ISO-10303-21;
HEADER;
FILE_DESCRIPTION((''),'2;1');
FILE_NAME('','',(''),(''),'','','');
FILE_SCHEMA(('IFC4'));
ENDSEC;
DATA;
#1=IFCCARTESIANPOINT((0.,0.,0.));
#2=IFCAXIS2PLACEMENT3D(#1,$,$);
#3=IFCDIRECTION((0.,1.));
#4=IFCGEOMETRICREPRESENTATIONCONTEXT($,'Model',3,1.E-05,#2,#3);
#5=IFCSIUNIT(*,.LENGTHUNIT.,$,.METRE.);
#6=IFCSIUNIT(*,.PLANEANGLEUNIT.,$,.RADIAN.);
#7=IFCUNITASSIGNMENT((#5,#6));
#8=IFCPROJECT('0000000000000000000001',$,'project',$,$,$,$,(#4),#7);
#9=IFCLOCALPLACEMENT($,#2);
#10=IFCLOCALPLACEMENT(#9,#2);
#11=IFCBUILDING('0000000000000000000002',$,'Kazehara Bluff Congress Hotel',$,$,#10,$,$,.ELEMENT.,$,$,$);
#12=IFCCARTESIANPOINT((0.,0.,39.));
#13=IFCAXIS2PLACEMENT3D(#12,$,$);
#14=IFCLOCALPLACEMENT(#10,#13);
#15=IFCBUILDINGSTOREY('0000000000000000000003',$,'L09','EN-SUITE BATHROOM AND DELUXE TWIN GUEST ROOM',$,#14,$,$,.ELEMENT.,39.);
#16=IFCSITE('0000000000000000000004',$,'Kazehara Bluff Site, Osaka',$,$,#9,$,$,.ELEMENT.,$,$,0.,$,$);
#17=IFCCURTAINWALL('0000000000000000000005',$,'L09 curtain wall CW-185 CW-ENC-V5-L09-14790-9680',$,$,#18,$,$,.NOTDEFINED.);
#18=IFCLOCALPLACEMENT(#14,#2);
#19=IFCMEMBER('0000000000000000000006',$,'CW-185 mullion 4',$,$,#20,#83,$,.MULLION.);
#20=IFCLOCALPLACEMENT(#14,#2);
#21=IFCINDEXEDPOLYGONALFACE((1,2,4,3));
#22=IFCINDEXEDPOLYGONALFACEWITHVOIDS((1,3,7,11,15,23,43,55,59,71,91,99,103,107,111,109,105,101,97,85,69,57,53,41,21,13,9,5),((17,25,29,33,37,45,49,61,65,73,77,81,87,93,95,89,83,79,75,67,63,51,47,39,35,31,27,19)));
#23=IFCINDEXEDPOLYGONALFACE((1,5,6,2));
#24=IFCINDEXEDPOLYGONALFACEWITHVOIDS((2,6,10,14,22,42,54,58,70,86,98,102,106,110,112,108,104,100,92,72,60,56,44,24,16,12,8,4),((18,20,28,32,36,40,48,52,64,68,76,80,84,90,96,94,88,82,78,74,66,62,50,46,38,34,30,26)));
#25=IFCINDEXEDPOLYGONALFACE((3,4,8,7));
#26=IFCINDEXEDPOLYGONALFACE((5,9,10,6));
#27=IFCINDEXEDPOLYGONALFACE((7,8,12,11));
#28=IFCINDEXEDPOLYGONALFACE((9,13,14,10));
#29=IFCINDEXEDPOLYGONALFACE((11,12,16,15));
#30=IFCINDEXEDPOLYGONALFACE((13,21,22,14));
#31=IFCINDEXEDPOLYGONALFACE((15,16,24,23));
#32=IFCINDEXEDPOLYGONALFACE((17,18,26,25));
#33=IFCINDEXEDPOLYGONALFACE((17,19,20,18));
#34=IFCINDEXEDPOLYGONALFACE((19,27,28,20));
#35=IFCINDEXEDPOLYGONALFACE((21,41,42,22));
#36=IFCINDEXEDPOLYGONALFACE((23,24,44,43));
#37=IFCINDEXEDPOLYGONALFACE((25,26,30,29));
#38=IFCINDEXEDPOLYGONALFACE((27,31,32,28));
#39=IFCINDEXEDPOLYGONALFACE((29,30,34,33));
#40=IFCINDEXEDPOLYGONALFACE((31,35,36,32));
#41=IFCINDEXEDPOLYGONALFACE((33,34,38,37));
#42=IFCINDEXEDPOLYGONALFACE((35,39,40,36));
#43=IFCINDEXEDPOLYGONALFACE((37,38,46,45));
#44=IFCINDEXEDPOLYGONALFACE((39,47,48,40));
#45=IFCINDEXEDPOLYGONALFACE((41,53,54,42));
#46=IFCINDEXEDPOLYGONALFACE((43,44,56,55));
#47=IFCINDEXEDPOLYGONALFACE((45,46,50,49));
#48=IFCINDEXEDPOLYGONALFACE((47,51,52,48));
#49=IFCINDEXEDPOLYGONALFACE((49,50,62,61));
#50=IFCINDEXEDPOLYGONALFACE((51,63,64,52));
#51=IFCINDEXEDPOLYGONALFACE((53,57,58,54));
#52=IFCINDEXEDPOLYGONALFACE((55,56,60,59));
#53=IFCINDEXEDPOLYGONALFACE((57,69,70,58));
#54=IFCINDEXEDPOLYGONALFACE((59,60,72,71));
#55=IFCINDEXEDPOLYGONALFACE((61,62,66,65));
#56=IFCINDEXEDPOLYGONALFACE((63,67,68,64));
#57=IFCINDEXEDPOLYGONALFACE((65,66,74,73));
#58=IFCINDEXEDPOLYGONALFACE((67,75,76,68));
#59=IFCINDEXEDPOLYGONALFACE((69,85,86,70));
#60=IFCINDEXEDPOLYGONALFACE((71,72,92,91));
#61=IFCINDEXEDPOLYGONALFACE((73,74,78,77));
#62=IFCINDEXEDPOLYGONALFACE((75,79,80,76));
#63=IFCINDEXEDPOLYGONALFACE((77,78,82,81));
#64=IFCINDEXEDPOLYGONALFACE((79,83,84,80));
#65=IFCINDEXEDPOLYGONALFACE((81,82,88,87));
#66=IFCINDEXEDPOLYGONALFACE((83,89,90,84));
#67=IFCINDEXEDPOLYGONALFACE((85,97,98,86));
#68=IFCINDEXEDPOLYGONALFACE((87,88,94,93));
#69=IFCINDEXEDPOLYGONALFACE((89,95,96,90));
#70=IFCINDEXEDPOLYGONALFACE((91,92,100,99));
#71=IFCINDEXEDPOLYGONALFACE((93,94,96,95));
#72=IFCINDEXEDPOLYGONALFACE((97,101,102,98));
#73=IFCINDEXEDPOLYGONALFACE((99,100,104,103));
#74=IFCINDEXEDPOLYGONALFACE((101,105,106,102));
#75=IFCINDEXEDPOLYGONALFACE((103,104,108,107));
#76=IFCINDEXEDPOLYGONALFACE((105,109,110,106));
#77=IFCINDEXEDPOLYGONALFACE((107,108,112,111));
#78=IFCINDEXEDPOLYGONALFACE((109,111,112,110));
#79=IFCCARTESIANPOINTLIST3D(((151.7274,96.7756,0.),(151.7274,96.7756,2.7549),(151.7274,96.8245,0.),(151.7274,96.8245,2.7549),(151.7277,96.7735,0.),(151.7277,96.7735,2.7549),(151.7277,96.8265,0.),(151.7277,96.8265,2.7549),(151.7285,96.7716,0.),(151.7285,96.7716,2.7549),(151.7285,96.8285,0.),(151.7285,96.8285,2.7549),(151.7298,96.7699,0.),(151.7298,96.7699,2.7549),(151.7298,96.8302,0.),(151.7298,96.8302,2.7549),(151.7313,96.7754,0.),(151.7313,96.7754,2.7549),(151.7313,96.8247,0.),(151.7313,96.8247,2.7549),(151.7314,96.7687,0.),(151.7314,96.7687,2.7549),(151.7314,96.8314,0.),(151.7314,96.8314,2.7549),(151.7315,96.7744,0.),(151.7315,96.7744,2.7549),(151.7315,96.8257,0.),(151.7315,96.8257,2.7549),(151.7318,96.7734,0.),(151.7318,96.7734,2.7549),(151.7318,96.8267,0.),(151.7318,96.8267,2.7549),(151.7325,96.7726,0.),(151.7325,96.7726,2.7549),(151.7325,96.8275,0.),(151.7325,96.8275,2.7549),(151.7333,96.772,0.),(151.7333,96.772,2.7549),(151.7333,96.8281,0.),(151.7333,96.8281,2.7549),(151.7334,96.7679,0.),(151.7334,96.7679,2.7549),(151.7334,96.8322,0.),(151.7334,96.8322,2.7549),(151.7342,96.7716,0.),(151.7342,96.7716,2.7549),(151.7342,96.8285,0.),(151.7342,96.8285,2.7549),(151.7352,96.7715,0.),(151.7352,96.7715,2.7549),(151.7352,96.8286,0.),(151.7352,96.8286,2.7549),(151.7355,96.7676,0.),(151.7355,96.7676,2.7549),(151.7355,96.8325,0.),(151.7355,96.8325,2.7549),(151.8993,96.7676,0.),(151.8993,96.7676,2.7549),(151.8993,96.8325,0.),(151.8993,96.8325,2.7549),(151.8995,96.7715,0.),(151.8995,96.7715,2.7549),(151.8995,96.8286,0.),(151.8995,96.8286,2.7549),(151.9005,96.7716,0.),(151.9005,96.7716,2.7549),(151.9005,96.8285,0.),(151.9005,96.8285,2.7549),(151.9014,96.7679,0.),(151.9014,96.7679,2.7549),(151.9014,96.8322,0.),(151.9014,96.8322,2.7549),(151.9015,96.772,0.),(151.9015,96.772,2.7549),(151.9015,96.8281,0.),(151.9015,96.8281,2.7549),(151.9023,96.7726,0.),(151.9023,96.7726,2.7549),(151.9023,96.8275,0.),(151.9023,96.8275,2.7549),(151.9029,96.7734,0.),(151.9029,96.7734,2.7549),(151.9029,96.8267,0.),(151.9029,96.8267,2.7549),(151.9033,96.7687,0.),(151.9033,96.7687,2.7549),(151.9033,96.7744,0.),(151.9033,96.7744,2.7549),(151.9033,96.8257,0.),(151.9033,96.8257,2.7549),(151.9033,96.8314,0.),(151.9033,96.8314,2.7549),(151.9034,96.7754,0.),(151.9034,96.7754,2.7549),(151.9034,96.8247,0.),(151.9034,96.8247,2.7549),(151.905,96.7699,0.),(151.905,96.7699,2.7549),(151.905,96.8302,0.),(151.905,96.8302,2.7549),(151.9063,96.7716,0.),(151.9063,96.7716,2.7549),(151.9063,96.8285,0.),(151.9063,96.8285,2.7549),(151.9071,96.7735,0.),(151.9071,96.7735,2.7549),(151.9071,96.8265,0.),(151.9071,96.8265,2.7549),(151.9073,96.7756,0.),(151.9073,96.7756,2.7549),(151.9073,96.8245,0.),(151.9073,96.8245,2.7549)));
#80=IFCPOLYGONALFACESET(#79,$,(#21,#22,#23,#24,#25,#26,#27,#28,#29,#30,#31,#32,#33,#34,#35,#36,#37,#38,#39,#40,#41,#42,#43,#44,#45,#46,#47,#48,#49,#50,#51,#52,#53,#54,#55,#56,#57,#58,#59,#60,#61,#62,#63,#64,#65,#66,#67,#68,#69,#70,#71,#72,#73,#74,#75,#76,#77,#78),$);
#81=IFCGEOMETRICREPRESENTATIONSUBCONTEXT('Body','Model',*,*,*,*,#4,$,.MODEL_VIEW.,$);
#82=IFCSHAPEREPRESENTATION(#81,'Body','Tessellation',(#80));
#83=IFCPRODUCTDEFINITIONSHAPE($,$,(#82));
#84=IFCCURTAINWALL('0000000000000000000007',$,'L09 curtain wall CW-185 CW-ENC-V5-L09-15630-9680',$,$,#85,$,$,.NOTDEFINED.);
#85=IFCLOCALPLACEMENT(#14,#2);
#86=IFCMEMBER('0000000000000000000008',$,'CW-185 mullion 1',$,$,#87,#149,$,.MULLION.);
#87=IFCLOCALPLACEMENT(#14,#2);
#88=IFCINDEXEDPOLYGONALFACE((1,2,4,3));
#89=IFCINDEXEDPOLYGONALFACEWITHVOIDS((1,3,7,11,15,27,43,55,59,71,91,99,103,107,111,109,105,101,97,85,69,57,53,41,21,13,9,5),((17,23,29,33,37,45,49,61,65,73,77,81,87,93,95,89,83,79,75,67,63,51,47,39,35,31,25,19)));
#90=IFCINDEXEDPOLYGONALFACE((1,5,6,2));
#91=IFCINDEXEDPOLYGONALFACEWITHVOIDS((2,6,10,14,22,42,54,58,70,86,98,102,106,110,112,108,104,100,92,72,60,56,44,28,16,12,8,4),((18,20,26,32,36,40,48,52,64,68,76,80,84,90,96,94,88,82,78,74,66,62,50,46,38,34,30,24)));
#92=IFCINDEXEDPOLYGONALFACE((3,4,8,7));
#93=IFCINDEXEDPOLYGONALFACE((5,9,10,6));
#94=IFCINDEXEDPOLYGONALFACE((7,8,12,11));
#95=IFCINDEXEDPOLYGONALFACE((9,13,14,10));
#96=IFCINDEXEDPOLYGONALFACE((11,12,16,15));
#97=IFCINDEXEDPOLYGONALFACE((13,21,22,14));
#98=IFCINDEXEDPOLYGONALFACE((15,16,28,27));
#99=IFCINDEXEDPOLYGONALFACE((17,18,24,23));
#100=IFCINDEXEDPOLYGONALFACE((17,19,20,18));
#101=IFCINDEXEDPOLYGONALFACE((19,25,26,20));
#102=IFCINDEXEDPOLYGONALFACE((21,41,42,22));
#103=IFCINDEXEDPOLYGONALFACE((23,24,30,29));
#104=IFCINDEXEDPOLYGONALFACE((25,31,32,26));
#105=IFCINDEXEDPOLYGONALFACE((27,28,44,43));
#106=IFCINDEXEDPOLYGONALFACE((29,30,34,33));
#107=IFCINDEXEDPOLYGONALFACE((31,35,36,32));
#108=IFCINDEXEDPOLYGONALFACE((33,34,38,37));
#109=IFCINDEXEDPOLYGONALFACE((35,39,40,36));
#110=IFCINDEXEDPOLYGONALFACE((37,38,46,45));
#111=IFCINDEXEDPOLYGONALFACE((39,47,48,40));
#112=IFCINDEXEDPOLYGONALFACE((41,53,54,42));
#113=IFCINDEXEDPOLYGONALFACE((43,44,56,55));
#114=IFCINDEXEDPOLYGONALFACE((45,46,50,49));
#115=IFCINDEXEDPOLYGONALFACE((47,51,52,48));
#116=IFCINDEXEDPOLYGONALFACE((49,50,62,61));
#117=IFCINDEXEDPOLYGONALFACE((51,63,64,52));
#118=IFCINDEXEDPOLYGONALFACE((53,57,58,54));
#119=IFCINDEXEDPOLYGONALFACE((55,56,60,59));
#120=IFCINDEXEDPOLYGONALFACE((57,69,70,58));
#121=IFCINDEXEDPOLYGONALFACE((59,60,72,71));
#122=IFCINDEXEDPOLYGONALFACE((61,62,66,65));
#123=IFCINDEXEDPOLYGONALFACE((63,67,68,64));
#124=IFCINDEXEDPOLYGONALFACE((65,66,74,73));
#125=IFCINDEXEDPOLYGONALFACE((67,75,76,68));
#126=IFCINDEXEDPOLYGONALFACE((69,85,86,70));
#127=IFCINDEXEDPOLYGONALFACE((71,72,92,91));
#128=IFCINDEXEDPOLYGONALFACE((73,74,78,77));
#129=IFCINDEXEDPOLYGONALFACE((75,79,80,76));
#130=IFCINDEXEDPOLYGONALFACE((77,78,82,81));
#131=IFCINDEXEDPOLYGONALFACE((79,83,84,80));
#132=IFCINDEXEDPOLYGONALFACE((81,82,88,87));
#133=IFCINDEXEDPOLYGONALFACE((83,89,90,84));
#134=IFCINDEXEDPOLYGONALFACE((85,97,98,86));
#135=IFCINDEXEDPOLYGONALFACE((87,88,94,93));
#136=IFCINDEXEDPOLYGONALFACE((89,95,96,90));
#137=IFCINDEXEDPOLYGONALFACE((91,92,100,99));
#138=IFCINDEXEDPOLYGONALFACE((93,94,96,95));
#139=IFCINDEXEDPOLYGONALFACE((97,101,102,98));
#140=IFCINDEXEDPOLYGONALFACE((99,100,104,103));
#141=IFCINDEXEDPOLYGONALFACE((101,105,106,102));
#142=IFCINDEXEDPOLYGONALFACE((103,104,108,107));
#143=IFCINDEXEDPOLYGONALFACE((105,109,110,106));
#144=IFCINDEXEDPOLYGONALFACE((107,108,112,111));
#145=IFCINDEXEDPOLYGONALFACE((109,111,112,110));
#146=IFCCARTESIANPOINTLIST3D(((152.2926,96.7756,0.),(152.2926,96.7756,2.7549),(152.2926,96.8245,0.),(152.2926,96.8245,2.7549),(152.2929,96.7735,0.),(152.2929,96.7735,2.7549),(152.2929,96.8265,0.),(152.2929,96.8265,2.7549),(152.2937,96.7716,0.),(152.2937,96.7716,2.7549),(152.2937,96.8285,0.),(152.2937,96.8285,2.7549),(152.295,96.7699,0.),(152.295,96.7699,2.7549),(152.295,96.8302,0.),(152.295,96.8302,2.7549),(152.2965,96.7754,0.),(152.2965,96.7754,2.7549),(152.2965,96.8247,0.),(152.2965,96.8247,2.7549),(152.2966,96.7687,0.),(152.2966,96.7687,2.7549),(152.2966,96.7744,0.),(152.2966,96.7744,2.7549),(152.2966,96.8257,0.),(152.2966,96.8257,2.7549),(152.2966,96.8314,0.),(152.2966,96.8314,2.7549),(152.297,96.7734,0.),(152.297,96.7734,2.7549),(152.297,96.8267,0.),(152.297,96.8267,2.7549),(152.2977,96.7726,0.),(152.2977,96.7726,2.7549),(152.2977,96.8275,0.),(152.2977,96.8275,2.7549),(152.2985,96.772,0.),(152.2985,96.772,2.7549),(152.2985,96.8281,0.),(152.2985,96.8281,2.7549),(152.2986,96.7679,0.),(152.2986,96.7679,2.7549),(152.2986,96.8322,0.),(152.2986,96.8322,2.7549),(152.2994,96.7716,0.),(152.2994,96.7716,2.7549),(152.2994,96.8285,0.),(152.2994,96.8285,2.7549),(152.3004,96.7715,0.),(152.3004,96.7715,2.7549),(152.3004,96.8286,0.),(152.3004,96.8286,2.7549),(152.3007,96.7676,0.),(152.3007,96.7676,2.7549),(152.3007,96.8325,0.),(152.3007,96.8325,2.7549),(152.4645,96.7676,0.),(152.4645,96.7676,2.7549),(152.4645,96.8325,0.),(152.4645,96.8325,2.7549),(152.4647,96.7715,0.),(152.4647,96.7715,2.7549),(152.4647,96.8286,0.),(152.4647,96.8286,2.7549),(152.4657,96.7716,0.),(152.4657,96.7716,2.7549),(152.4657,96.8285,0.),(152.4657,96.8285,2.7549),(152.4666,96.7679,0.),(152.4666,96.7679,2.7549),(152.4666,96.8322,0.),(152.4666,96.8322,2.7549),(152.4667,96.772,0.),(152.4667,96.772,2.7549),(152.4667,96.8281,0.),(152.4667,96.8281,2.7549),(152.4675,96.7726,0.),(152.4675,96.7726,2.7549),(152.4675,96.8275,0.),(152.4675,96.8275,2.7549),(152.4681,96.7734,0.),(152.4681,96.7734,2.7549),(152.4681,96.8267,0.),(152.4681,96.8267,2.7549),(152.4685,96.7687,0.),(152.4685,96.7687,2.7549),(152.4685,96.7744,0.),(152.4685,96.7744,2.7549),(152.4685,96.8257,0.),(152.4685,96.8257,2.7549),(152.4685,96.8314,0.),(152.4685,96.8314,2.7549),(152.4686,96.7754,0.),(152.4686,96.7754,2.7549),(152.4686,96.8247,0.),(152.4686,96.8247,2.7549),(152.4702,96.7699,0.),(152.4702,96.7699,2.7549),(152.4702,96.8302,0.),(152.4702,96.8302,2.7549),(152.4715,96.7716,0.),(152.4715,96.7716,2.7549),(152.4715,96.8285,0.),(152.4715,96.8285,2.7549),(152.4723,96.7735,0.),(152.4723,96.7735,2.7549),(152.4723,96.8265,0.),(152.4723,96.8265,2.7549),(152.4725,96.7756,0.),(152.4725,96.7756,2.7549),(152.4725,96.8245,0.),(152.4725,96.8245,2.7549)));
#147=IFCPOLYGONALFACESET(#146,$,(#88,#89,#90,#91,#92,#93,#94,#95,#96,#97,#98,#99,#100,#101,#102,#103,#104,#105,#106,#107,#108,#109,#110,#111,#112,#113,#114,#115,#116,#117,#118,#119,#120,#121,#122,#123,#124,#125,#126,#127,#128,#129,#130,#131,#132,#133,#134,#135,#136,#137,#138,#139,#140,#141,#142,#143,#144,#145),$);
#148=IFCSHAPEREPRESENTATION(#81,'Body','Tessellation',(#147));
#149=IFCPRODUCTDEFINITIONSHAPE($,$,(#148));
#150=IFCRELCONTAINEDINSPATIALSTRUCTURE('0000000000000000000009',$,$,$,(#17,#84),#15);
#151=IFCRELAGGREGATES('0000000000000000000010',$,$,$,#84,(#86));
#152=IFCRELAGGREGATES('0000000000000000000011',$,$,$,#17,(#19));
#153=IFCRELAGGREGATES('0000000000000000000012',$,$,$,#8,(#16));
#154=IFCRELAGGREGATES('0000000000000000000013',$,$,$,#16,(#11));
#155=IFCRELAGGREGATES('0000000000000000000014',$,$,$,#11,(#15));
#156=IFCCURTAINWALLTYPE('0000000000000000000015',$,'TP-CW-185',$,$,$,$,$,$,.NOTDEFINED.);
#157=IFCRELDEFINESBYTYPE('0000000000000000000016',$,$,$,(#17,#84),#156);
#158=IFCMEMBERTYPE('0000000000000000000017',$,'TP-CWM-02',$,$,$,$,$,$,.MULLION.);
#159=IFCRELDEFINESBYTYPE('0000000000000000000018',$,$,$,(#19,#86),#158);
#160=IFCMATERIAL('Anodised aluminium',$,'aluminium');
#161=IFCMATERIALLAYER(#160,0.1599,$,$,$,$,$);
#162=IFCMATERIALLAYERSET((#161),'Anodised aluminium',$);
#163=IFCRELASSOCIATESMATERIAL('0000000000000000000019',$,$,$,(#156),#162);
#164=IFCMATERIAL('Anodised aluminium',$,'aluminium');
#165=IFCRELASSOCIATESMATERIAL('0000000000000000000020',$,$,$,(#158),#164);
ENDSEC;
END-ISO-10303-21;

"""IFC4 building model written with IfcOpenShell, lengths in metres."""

from ifc_helpers import new_model, si_unit, direction, frame, origin, origin_2d, place, context, subcontext, project, spatial, hollow_rectangle, extrude, material, layer, layer_set, material_profile, profile_set, type_object, element, aggregate, save


model = new_model("IFC4")

# Units and contexts
model_context = context("Model", 3, precision=1e-05, world=origin(), true_north=direction((0.0, 1.0)))
body_context = subcontext(model_context, "Body", "Model", "MODEL_VIEW")
ifc_project = project(units=[si_unit("LENGTHUNIT", "METRE"), si_unit("PLANEANGLEUNIT", "RADIAN")], contexts=[model_context])

# Site, building, storey
site_placement = place(None, origin())
site = spatial("IfcSite", under=ifc_project, at=site_placement, Name="Kazehara Bluff Site, Osaka", CompositionType="ELEMENT", RefElevation=0.0)
building_placement = place(site_placement, origin())
building = spatial("IfcBuilding", under=site, at=building_placement, Name="Kazehara Bluff Congress Hotel", CompositionType="ELEMENT")
storey_placement = place(building_placement, frame((0.0, 0.0, 39.0)))
storey = spatial("IfcBuildingStorey", under=building, at=storey_placement, Name="L09", Description="EN-SUITE BATHROOM AND DELUXE TWIN GUEST ROOM", CompositionType="ELEMENT", Elevation=39.0)

# Curtain wall, member
ifc_material_1 = material(Name="Anodised aluminium", Category="aluminium")
ifc_layer_1 = layer(ifc_material_1, 0.1599)
ifc_layer_set_1 = layer_set([ifc_layer_1], Name="Anodised aluminium")
curtain_wall_type = type_object("IfcCurtainWallType", Name="TP-CW-185", PredefinedType="NOTDEFINED", material=ifc_layer_set_1)
curtain_wall_1_placement = place(storey_placement, origin())
curtain_wall_1 = element("IfcCurtainWall", 1, at=curtain_wall_1_placement, inside=storey, type_object=curtain_wall_type, Name="L09 curtain wall CW-185 CW-ENC-V5-L09-14790-9680", PredefinedType="NOTDEFINED")
ifc_material_2 = material(Name="Anodised aluminium", Category="aluminium")
ifc_material_profile_1 = material_profile(ifc_material_2, hollow_rectangle(XDim=0.0649, YDim=0.1799, WallThickness=0.0039, InnerFilletRadius=0.0039, OuterFilletRadius=0.0081, at=origin_2d()))
ifc_profile_set_1 = profile_set([ifc_material_profile_1], Name="Anodised aluminium")
member_type_1 = type_object("IfcMemberType", Name="TP-CWM-02", PredefinedType="MULLION", material=ifc_profile_set_1)
member_1_placement = place(storey_placement, frame((151.8174, 96.8, 0.0), z_axis=(0.0, 0.0, 1.0), x_axis=(0.0, 1.0, 0.0)))
member_1 = element("IfcMember", 2, at=member_1_placement, type_object=member_type_1, Name="CW-185 mullion 4", PredefinedType="MULLION", context=body_context, shape_type="SweptSolid", body=[
    extrude(hollow_rectangle(XDim=0.0649, YDim=0.1799, WallThickness=0.0039, InnerFilletRadius=0.0039, OuterFilletRadius=0.0081, at=origin_2d()), origin(), (0.0, 0.0, 1.0), 2.7549),
])

# Curtain wall, member
curtain_wall_2_placement = place(storey_placement, origin())
curtain_wall_2 = element("IfcCurtainWall", 3, at=curtain_wall_2_placement, inside=storey, type_object=curtain_wall_type, Name="L09 curtain wall CW-185 CW-ENC-V5-L09-15630-9680", PredefinedType="NOTDEFINED")
member_2_placement = place(storey_placement, frame((152.3826, 96.8, 0.0), z_axis=(0.0, 0.0, 1.0), x_axis=(0.0, 1.0, 0.0)))
member_2 = element("IfcMember", 4, at=member_2_placement, type_object=member_type_1, Name="CW-185 mullion 1", PredefinedType="MULLION", context=body_context, shape_type="SweptSolid", body=[
    extrude(hollow_rectangle(XDim=0.0649, YDim=0.1799, WallThickness=0.0039, InnerFilletRadius=0.0039, OuterFilletRadius=0.0081, at=origin_2d()), origin(), (0.0, 0.0, 1.0), 2.7549),
])

aggregate(curtain_wall_2, [member_2])

aggregate(curtain_wall_1, [member_1])

save(model, "model.ifc")
